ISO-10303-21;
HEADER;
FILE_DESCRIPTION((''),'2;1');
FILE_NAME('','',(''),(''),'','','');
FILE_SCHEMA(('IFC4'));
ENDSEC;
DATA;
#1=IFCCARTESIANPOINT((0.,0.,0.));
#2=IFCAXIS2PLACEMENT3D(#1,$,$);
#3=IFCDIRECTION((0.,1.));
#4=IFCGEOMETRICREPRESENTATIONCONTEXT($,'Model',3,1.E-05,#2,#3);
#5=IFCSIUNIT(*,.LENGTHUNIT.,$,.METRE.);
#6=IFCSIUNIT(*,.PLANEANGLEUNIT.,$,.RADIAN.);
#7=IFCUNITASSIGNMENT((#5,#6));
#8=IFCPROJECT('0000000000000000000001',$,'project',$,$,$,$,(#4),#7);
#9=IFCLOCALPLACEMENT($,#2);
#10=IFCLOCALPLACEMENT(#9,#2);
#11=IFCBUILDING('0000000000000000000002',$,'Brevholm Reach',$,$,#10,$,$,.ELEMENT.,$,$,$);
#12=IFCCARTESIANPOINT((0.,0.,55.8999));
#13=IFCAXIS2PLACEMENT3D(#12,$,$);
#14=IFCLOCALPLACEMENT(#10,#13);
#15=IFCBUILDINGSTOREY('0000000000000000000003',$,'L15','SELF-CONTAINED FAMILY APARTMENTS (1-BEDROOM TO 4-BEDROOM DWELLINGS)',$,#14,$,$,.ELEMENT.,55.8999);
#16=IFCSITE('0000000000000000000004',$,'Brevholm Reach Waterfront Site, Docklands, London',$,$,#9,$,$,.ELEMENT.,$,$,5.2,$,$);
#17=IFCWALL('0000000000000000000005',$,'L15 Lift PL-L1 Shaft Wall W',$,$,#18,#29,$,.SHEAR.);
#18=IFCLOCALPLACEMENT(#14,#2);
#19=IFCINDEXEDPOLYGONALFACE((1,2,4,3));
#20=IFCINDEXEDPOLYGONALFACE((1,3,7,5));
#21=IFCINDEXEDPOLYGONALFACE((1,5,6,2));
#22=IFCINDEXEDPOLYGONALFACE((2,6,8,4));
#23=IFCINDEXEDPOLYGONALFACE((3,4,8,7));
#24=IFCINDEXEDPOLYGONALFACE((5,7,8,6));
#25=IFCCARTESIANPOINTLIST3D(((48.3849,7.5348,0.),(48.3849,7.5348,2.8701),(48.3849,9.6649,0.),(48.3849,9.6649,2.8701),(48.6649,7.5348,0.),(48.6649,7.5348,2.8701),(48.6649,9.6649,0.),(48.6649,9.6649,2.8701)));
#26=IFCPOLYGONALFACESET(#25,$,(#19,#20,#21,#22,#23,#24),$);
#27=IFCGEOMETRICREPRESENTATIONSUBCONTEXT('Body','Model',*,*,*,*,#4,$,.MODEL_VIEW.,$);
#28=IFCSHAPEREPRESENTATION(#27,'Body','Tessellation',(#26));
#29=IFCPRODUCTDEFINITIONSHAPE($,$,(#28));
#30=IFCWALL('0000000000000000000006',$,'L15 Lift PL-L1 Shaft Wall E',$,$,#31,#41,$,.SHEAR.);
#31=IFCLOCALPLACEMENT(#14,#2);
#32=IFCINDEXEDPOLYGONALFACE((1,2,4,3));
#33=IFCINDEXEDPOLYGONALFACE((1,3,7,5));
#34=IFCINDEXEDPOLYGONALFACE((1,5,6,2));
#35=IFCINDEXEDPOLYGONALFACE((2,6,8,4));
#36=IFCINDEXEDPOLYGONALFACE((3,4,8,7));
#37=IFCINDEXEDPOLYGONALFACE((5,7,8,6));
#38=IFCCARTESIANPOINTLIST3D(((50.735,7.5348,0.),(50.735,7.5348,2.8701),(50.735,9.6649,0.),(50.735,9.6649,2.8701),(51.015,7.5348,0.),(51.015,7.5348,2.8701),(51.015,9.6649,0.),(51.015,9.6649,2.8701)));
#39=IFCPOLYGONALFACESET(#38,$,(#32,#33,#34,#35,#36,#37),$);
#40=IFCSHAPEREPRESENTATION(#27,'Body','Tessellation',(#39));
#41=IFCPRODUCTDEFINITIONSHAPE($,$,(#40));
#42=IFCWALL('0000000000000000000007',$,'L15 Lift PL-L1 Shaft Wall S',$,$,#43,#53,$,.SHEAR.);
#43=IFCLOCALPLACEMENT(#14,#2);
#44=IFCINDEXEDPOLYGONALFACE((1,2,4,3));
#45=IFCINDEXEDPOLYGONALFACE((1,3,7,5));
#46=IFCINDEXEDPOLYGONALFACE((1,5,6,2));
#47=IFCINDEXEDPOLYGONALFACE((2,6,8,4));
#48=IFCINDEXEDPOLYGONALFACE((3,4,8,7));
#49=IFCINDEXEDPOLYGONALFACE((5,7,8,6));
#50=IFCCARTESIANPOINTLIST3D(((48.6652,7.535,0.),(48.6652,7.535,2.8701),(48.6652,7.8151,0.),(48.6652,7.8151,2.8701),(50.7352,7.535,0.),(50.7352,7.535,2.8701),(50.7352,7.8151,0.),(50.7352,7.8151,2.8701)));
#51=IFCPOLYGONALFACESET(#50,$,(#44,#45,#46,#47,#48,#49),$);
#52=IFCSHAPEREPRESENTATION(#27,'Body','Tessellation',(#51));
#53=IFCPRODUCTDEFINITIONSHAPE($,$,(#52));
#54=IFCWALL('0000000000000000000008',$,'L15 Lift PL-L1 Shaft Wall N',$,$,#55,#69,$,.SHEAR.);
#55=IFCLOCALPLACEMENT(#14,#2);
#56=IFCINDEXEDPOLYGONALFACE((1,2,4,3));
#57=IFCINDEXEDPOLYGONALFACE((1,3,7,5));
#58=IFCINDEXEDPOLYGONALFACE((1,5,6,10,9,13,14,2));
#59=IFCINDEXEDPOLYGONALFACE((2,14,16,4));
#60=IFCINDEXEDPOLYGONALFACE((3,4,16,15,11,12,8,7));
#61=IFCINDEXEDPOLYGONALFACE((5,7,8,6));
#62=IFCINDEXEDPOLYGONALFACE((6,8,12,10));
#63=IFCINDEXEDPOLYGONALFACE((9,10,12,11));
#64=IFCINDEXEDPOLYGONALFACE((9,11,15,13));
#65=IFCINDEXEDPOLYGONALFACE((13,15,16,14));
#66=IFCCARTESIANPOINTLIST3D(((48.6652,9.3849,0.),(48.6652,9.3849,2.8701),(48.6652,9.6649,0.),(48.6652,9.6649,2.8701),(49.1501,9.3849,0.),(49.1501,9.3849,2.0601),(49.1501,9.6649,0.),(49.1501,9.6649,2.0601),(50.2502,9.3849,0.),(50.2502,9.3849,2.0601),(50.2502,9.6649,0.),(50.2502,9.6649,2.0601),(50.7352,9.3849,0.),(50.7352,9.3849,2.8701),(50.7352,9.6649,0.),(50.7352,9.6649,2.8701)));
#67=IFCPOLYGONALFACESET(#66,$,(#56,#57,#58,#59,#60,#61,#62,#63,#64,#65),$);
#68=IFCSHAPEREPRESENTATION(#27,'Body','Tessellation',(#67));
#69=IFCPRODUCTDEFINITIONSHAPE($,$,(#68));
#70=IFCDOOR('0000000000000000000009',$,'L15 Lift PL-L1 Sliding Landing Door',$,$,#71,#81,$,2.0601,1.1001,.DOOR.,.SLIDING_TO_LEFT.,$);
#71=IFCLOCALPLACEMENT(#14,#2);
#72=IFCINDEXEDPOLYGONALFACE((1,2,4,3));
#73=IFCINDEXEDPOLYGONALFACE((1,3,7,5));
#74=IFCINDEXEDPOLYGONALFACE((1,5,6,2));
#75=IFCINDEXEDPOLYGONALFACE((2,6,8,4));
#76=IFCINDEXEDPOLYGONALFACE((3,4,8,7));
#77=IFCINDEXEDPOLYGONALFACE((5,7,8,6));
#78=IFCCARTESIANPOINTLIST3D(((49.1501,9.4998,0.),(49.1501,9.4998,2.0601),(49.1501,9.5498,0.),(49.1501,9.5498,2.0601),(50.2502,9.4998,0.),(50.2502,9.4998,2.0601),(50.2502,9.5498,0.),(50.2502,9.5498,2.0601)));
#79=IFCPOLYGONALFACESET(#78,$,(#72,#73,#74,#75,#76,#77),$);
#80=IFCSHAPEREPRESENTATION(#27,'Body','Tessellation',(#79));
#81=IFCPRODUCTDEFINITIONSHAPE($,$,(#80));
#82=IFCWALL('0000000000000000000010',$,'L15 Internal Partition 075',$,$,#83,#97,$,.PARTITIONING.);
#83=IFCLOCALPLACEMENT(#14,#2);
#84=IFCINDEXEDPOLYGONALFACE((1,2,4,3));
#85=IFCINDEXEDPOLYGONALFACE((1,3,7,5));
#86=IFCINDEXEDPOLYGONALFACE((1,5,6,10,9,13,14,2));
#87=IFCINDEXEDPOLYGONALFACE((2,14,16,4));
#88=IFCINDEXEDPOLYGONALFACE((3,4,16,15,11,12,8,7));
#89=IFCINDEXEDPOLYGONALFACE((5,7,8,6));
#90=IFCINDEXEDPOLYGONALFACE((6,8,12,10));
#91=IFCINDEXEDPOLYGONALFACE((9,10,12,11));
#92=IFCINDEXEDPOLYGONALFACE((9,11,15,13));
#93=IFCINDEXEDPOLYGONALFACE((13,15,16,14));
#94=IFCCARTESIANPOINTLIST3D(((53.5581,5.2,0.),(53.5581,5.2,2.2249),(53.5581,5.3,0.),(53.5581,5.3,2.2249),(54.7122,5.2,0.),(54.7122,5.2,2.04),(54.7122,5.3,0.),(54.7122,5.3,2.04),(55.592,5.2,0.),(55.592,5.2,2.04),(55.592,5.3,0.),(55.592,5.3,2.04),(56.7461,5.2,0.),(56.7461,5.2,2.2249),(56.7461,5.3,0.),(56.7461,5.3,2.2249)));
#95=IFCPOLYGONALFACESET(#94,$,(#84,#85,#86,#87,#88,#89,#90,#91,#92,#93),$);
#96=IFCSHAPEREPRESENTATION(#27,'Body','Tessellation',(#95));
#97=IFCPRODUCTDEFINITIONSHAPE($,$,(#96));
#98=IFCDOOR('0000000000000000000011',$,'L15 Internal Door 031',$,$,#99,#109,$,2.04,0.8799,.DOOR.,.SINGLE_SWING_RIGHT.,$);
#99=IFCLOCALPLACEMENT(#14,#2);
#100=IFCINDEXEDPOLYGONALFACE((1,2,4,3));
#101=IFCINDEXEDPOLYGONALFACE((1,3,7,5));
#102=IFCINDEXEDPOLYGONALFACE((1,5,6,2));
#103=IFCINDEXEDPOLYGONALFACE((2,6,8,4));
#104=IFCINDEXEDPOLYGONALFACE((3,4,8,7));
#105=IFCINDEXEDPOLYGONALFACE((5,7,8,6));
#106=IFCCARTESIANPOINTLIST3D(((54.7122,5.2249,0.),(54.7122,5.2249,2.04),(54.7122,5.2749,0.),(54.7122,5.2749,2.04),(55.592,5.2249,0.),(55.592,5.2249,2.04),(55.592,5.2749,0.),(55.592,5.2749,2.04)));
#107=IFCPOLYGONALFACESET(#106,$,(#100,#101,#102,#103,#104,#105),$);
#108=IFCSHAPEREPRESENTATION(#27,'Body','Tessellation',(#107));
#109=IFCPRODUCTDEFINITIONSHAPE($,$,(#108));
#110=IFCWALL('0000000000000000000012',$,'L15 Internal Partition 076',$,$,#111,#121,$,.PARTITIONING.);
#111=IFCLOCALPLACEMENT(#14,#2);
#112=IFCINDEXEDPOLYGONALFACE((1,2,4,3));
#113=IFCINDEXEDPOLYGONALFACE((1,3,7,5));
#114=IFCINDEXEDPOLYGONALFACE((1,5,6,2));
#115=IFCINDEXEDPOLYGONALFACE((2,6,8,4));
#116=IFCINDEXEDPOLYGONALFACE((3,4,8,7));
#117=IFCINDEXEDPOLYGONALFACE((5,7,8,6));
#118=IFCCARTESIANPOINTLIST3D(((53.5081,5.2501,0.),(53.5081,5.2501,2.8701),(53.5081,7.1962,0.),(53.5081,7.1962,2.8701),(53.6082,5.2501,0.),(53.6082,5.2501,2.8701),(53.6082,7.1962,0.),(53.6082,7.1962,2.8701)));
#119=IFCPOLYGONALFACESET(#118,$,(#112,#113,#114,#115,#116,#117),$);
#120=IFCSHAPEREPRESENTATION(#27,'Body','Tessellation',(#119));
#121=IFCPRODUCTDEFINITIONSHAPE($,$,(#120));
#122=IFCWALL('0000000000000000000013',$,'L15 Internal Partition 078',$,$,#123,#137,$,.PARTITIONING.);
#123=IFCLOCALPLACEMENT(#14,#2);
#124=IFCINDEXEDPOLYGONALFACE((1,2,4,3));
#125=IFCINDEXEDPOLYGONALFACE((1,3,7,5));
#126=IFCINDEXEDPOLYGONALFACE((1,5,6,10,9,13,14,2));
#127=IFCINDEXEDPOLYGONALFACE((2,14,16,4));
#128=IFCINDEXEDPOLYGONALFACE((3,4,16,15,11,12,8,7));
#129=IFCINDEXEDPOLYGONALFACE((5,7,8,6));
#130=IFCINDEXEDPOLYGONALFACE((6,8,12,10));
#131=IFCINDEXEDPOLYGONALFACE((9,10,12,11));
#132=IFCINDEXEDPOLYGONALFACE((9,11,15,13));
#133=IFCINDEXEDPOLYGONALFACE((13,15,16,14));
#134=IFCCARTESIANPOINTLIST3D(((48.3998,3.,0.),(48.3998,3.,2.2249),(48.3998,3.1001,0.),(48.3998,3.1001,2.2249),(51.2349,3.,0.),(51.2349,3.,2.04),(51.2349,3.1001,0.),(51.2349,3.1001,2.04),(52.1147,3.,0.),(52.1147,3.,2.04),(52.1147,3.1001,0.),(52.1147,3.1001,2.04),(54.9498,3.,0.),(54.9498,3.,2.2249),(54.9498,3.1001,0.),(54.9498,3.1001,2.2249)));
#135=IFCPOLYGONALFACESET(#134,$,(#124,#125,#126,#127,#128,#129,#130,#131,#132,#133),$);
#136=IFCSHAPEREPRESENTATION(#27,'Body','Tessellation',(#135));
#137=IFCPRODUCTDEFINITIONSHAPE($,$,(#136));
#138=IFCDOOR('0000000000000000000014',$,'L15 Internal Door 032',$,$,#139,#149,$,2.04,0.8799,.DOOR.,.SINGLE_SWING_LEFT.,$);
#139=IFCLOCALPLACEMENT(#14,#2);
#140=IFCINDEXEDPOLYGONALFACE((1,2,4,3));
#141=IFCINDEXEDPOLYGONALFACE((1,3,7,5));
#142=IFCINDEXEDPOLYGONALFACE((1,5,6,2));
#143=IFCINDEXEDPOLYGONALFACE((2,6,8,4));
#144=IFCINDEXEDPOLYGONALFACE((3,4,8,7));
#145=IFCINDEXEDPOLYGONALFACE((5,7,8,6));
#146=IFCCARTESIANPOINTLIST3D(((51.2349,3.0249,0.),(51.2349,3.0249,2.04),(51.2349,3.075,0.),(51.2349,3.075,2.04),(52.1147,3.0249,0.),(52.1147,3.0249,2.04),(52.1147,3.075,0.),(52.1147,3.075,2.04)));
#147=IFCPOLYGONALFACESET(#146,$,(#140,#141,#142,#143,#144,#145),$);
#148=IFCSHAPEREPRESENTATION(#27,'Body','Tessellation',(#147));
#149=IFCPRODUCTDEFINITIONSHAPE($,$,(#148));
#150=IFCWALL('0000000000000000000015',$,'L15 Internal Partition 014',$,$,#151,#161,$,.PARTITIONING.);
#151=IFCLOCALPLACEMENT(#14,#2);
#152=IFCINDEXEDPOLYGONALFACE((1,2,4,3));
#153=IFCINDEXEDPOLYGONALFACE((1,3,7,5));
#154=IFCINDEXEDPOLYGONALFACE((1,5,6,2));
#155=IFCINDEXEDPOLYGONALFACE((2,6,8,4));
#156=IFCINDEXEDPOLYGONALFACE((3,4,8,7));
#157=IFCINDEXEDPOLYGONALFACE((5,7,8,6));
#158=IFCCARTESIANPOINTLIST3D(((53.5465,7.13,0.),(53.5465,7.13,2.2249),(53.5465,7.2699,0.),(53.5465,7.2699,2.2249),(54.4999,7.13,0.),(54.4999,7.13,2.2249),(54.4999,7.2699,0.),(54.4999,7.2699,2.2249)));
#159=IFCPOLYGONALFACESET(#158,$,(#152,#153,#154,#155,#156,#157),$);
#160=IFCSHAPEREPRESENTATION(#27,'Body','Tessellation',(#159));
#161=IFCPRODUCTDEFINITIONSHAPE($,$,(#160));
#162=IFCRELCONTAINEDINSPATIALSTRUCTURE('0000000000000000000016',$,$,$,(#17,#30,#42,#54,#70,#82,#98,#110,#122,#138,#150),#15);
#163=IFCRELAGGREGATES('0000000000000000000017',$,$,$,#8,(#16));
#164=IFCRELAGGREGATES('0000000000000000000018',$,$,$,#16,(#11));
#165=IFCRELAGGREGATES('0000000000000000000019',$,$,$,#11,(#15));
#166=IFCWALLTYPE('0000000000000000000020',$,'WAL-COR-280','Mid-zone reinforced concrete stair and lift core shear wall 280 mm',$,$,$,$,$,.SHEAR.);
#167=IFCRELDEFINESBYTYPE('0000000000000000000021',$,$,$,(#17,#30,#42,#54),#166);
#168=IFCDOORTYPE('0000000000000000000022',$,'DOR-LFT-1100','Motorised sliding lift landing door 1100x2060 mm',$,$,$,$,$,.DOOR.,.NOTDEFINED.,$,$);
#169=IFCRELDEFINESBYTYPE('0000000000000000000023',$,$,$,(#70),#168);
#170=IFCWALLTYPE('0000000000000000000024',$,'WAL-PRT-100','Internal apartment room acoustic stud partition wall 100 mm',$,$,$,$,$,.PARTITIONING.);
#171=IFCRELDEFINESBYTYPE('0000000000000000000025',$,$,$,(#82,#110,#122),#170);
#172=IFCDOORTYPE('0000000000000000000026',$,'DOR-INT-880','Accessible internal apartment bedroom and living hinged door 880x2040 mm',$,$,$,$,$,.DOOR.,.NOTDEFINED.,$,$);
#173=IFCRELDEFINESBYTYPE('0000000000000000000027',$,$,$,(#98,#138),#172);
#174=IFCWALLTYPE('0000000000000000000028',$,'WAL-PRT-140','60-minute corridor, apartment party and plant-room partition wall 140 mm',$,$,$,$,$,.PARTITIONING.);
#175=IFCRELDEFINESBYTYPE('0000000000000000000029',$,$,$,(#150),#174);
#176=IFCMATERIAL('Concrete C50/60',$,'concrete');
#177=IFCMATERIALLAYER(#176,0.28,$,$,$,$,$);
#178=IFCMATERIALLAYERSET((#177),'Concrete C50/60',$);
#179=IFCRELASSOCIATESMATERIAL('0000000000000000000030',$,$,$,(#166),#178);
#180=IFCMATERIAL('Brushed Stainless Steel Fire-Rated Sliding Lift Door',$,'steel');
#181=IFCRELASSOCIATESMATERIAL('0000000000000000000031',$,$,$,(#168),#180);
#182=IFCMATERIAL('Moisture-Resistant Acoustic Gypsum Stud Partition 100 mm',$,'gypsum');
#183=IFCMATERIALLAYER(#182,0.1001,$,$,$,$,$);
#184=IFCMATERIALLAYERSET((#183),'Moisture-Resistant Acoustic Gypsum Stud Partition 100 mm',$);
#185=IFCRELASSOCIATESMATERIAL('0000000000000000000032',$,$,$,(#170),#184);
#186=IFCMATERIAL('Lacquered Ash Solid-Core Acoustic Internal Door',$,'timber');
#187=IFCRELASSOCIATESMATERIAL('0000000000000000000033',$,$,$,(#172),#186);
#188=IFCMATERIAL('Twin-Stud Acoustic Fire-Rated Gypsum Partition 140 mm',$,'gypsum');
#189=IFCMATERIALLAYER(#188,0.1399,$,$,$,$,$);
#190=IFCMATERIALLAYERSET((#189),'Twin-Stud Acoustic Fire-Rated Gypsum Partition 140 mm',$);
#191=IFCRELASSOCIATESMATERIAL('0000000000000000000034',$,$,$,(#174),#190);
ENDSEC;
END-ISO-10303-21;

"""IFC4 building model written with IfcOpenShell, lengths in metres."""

from ifc_helpers import new_model, si_unit, direction, frame, frame_2d, origin, place, context, subcontext, project, spatial, rectangle, extrude, material, layer, layer_set, type_object, element, fill, save


model = new_model("IFC4")

# Units and contexts
model_context = context("Model", 3, precision=1e-05, world=origin(), true_north=direction((0.0, 1.0)))
body_context = subcontext(model_context, "Body", "Model", "MODEL_VIEW")
ifc_project = project(units=[si_unit("LENGTHUNIT", "METRE"), si_unit("PLANEANGLEUNIT", "RADIAN")], contexts=[model_context])

# Site, building, storey
site_placement = place(None, origin())
site = spatial("IfcSite", under=ifc_project, at=site_placement, Name="Brevholm Reach Waterfront Site, Docklands, London", CompositionType="ELEMENT", RefElevation=5.2)
building_placement = place(site_placement, origin())
building = spatial("IfcBuilding", under=site, at=building_placement, Name="Brevholm Reach", CompositionType="ELEMENT")
storey_placement = place(building_placement, frame((0.0, 0.0, 55.8999)))
storey = spatial("IfcBuildingStorey", under=building, at=storey_placement, Name="L15", Description="SELF-CONTAINED FAMILY APARTMENTS (1-BEDROOM TO 4-BEDROOM DWELLINGS)", CompositionType="ELEMENT", Elevation=55.8999)

# Walls
ifc_material_1 = material(Name="Concrete C50/60", Category="concrete")
ifc_layer_1 = layer(ifc_material_1, 0.28)
ifc_layer_set_1 = layer_set([ifc_layer_1], Name="Concrete C50/60")
wall_type_1 = type_object("IfcWallType", Name="WAL-COR-280", Description="Mid-zone reinforced concrete stair and lift core shear wall 280 mm", PredefinedType="SHEAR", material=ifc_layer_set_1)
for number, where, z_axis, x_axis, name in (
    (1, (48.5249, 7.5349, 0.0), (0.0, 0.0, 1.0), (0.0, 1.0, 0.0), "L15 Lift PL-L1 Shaft Wall W"),
    (2, (50.875, 7.5349, 0.0), (0.0, 0.0, 1.0), (0.0, 1.0, 0.0), "L15 Lift PL-L1 Shaft Wall E"),
):
    element("IfcWall", number, at=place(storey_placement, frame(where, z_axis=z_axis, x_axis=x_axis)), inside=storey, type_object=wall_type_1, Name=name, PredefinedType="SHEAR", context=body_context, shape_type="SweptSolid", body=[
        extrude(rectangle(XDim=2.1301, YDim=0.28, at=frame_2d((1.0649, 0.0))), origin(), (0.0, 0.0, 1.0), 2.8701),
    ])
wall_1_placement = place(storey_placement, frame((48.665, 7.675, 0.0), z_axis=(0.0, 0.0, 1.0), x_axis=(1.0, 0.0, 0.0)))
element("IfcWall", 3, at=wall_1_placement, inside=storey, type_object=wall_type_1, Name="L15 Lift PL-L1 Shaft Wall S", PredefinedType="SHEAR", context=body_context, shape_type="SweptSolid", body=[
    extrude(rectangle(XDim=2.0701, YDim=0.28, at=frame_2d((1.0352, 0.0))), origin(), (0.0, 0.0, 1.0), 2.8701),
])

# Walls, openings, doors
wall_2_placement = place(storey_placement, frame((48.665, 9.5249, 0.0), z_axis=(0.0, 0.0, 1.0), x_axis=(1.0, 0.0, 0.0)))
wall_2 = element("IfcWall", 4, at=wall_2_placement, inside=storey, type_object=wall_type_1, Name="L15 Lift PL-L1 Shaft Wall N", PredefinedType="SHEAR", context=body_context, shape_type="SweptSolid", body=[
    extrude(rectangle(XDim=2.0701, YDim=0.28, at=frame_2d((1.0352, 0.0))), origin(), (0.0, 0.0, 1.0), 2.8701),
])
opening_1_placement = place(wall_2_placement, frame((0.4851, 0.0, 0.0)))
opening_1 = element("IfcOpeningElement", 5, at=opening_1_placement, cuts=wall_2, PredefinedType="OPENING", context=body_context, shape_type="SweptSolid", body=[
    extrude(rectangle(XDim=1.1001, YDim=2.0601, at=frame_2d((0.55, 1.03))), frame((0.0, 0.1499, 0.0), z_axis=(0.0, -1.0, 0.0), x_axis=(1.0, 0.0, 0.0)), (0.0, 0.0, 1.0), 0.3),
])
ifc_material_2 = material(Name="Brushed Stainless Steel Fire-Rated Sliding Lift Door", Category="steel")
door_type_1 = type_object("IfcDoorType", Name="DOR-LFT-1100", Description="Motorised sliding lift landing door 1100x2060 mm", OperationType="NOTDEFINED", PredefinedType="DOOR", material=ifc_material_2)
door_1_placement = place(opening_1_placement, origin())
door_1 = element("IfcDoor", 6, at=door_1_placement, inside=storey, type_object=door_type_1, Name="L15 Lift PL-L1 Sliding Landing Door", OperationType="SLIDING_TO_LEFT", OverallHeight=2.0601, OverallWidth=1.1001, PredefinedType="DOOR", context=body_context, shape_type="SweptSolid", body=[
    extrude(rectangle(XDim=1.1001, YDim=2.0601, at=frame_2d((0.55, 1.03))), frame((0.0, 0.0249, 0.0), z_axis=(0.0, -1.0, 0.0), x_axis=(1.0, 0.0, 0.0)), (0.0, 0.0, 1.0), 0.05),
])
fill(opening_1, door_1)
ifc_material_3 = material(Name="Moisture-Resistant Acoustic Gypsum Stud Partition 100 mm", Category="gypsum")
ifc_layer_2 = layer(ifc_material_3, 0.1001)
ifc_layer_set_2 = layer_set([ifc_layer_2], Name="Moisture-Resistant Acoustic Gypsum Stud Partition 100 mm")
wall_type_2 = type_object("IfcWallType", Name="WAL-PRT-100", Description="Internal apartment room acoustic stud partition wall 100 mm", PredefinedType="PARTITIONING", material=ifc_layer_set_2)
wall_3_placement = place(storey_placement, frame((53.5581, 5.25, 0.0), z_axis=(0.0, 0.0, 1.0), x_axis=(1.0, 0.0, 0.0)))
wall_3 = element("IfcWall", 7, at=wall_3_placement, inside=storey, type_object=wall_type_2, Name="L15 Internal Partition 075", PredefinedType="PARTITIONING", context=body_context, shape_type="SweptSolid", body=[
    extrude(rectangle(XDim=3.188, YDim=0.1001, at=frame_2d((1.594, 0.0))), origin(), (0.0, 0.0, 1.0), 2.2249),
])
opening_2_placement = place(wall_3_placement, frame((1.1541, 0.0, 0.0)))
opening_2 = element("IfcOpeningElement", 8, at=opening_2_placement, cuts=wall_3, PredefinedType="OPENING", context=body_context, shape_type="SweptSolid", body=[
    extrude(rectangle(XDim=0.8799, YDim=2.04, at=frame_2d((0.4399, 1.02))), frame((0.0, 0.0601, 0.0), z_axis=(0.0, -1.0, 0.0), x_axis=(1.0, 0.0, 0.0)), (0.0, 0.0, 1.0), 0.1201),
])
ifc_material_4 = material(Name="Lacquered Ash Solid-Core Acoustic Internal Door", Category="timber")
door_type_2 = type_object("IfcDoorType", Name="DOR-INT-880", Description="Accessible internal apartment bedroom and living hinged door 880x2040 mm", OperationType="NOTDEFINED", PredefinedType="DOOR", material=ifc_material_4)
door_2_placement = place(opening_2_placement, origin())
door_2 = element("IfcDoor", 9, at=door_2_placement, inside=storey, type_object=door_type_2, Name="L15 Internal Door 031", OperationType="SINGLE_SWING_RIGHT", OverallHeight=2.04, OverallWidth=0.8799, PredefinedType="DOOR", context=body_context, shape_type="SweptSolid", body=[
    extrude(rectangle(XDim=0.8799, YDim=2.04, at=frame_2d((0.4399, 1.02))), frame((0.0, 0.0249, 0.0), z_axis=(0.0, -1.0, 0.0), x_axis=(1.0, 0.0, 0.0)), (0.0, 0.0, 1.0), 0.05),
])
fill(opening_2, door_2)

# Wall
wall_4_placement = place(storey_placement, frame((53.5581, 5.25, 0.0), z_axis=(0.0, 0.0, 1.0), x_axis=(0.0, 1.0, 0.0)))
element("IfcWall", 10, at=wall_4_placement, inside=storey, type_object=wall_type_2, Name="L15 Internal Partition 076", PredefinedType="PARTITIONING", context=body_context, shape_type="SweptSolid", body=[
    extrude(rectangle(XDim=1.946, YDim=0.1001, at=frame_2d((0.9731, 0.0))), origin(), (0.0, 0.0, 1.0), 2.8701),
])

# Wall, opening, door
wall_5_placement = place(storey_placement, frame((48.3999, 3.05, 0.0), z_axis=(0.0, 0.0, 1.0), x_axis=(1.0, 0.0, 0.0)))
wall_5 = element("IfcWall", 11, at=wall_5_placement, inside=storey, type_object=wall_type_2, Name="L15 Internal Partition 078", PredefinedType="PARTITIONING", context=body_context, shape_type="SweptSolid", body=[
    extrude(rectangle(XDim=6.55, YDim=0.1001, at=frame_2d((3.2749, 0.0))), origin(), (0.0, 0.0, 1.0), 2.2249),
])
opening_3_placement = place(wall_5_placement, frame((2.835, 0.0, 0.0)))
opening_3 = element("IfcOpeningElement", 12, at=opening_3_placement, cuts=wall_5, PredefinedType="OPENING", context=body_context, shape_type="SweptSolid", body=[
    extrude(rectangle(XDim=0.8799, YDim=2.04, at=frame_2d((0.4399, 1.02))), frame((0.0, 0.0601, 0.0), z_axis=(0.0, -1.0, 0.0), x_axis=(1.0, 0.0, 0.0)), (0.0, 0.0, 1.0), 0.1201),
])
door_3_placement = place(opening_3_placement, origin())
door_3 = element("IfcDoor", 13, at=door_3_placement, inside=storey, type_object=door_type_2, Name="L15 Internal Door 032", OperationType="SINGLE_SWING_LEFT", OverallHeight=2.04, OverallWidth=0.8799, PredefinedType="DOOR", context=body_context, shape_type="SweptSolid", body=[
    extrude(rectangle(XDim=0.8799, YDim=2.04, at=frame_2d((0.4399, 1.02))), frame((0.0, 0.0249, 0.0), z_axis=(0.0, -1.0, 0.0), x_axis=(1.0, 0.0, 0.0)), (0.0, 0.0, 1.0), 0.05),
])
fill(opening_3, door_3)

# Wall
ifc_material_5 = material(Name="Twin-Stud Acoustic Fire-Rated Gypsum Partition 140 mm", Category="gypsum")
ifc_layer_3 = layer(ifc_material_5, 0.1399)
ifc_layer_set_3 = layer_set([ifc_layer_3], Name="Twin-Stud Acoustic Fire-Rated Gypsum Partition 140 mm")
wall_type_3 = type_object("IfcWallType", Name="WAL-PRT-140", Description="60-minute corridor, apartment party and plant-room partition wall 140 mm", PredefinedType="PARTITIONING", material=ifc_layer_set_3)
wall_6_placement = place(storey_placement, frame((53.5466, 7.2, 0.0), z_axis=(0.0, 0.0, 1.0), x_axis=(1.0, 0.0, 0.0)))
element("IfcWall", 14, at=wall_6_placement, inside=storey, type_object=wall_type_3, Name="L15 Internal Partition 014", PredefinedType="PARTITIONING", context=body_context, shape_type="SweptSolid", body=[
    extrude(rectangle(XDim=0.9534, YDim=0.1399, at=frame_2d((0.4766, 0.0))), origin(), (0.0, 0.0, 1.0), 2.2249),
])

save(model, "model.ifc")
